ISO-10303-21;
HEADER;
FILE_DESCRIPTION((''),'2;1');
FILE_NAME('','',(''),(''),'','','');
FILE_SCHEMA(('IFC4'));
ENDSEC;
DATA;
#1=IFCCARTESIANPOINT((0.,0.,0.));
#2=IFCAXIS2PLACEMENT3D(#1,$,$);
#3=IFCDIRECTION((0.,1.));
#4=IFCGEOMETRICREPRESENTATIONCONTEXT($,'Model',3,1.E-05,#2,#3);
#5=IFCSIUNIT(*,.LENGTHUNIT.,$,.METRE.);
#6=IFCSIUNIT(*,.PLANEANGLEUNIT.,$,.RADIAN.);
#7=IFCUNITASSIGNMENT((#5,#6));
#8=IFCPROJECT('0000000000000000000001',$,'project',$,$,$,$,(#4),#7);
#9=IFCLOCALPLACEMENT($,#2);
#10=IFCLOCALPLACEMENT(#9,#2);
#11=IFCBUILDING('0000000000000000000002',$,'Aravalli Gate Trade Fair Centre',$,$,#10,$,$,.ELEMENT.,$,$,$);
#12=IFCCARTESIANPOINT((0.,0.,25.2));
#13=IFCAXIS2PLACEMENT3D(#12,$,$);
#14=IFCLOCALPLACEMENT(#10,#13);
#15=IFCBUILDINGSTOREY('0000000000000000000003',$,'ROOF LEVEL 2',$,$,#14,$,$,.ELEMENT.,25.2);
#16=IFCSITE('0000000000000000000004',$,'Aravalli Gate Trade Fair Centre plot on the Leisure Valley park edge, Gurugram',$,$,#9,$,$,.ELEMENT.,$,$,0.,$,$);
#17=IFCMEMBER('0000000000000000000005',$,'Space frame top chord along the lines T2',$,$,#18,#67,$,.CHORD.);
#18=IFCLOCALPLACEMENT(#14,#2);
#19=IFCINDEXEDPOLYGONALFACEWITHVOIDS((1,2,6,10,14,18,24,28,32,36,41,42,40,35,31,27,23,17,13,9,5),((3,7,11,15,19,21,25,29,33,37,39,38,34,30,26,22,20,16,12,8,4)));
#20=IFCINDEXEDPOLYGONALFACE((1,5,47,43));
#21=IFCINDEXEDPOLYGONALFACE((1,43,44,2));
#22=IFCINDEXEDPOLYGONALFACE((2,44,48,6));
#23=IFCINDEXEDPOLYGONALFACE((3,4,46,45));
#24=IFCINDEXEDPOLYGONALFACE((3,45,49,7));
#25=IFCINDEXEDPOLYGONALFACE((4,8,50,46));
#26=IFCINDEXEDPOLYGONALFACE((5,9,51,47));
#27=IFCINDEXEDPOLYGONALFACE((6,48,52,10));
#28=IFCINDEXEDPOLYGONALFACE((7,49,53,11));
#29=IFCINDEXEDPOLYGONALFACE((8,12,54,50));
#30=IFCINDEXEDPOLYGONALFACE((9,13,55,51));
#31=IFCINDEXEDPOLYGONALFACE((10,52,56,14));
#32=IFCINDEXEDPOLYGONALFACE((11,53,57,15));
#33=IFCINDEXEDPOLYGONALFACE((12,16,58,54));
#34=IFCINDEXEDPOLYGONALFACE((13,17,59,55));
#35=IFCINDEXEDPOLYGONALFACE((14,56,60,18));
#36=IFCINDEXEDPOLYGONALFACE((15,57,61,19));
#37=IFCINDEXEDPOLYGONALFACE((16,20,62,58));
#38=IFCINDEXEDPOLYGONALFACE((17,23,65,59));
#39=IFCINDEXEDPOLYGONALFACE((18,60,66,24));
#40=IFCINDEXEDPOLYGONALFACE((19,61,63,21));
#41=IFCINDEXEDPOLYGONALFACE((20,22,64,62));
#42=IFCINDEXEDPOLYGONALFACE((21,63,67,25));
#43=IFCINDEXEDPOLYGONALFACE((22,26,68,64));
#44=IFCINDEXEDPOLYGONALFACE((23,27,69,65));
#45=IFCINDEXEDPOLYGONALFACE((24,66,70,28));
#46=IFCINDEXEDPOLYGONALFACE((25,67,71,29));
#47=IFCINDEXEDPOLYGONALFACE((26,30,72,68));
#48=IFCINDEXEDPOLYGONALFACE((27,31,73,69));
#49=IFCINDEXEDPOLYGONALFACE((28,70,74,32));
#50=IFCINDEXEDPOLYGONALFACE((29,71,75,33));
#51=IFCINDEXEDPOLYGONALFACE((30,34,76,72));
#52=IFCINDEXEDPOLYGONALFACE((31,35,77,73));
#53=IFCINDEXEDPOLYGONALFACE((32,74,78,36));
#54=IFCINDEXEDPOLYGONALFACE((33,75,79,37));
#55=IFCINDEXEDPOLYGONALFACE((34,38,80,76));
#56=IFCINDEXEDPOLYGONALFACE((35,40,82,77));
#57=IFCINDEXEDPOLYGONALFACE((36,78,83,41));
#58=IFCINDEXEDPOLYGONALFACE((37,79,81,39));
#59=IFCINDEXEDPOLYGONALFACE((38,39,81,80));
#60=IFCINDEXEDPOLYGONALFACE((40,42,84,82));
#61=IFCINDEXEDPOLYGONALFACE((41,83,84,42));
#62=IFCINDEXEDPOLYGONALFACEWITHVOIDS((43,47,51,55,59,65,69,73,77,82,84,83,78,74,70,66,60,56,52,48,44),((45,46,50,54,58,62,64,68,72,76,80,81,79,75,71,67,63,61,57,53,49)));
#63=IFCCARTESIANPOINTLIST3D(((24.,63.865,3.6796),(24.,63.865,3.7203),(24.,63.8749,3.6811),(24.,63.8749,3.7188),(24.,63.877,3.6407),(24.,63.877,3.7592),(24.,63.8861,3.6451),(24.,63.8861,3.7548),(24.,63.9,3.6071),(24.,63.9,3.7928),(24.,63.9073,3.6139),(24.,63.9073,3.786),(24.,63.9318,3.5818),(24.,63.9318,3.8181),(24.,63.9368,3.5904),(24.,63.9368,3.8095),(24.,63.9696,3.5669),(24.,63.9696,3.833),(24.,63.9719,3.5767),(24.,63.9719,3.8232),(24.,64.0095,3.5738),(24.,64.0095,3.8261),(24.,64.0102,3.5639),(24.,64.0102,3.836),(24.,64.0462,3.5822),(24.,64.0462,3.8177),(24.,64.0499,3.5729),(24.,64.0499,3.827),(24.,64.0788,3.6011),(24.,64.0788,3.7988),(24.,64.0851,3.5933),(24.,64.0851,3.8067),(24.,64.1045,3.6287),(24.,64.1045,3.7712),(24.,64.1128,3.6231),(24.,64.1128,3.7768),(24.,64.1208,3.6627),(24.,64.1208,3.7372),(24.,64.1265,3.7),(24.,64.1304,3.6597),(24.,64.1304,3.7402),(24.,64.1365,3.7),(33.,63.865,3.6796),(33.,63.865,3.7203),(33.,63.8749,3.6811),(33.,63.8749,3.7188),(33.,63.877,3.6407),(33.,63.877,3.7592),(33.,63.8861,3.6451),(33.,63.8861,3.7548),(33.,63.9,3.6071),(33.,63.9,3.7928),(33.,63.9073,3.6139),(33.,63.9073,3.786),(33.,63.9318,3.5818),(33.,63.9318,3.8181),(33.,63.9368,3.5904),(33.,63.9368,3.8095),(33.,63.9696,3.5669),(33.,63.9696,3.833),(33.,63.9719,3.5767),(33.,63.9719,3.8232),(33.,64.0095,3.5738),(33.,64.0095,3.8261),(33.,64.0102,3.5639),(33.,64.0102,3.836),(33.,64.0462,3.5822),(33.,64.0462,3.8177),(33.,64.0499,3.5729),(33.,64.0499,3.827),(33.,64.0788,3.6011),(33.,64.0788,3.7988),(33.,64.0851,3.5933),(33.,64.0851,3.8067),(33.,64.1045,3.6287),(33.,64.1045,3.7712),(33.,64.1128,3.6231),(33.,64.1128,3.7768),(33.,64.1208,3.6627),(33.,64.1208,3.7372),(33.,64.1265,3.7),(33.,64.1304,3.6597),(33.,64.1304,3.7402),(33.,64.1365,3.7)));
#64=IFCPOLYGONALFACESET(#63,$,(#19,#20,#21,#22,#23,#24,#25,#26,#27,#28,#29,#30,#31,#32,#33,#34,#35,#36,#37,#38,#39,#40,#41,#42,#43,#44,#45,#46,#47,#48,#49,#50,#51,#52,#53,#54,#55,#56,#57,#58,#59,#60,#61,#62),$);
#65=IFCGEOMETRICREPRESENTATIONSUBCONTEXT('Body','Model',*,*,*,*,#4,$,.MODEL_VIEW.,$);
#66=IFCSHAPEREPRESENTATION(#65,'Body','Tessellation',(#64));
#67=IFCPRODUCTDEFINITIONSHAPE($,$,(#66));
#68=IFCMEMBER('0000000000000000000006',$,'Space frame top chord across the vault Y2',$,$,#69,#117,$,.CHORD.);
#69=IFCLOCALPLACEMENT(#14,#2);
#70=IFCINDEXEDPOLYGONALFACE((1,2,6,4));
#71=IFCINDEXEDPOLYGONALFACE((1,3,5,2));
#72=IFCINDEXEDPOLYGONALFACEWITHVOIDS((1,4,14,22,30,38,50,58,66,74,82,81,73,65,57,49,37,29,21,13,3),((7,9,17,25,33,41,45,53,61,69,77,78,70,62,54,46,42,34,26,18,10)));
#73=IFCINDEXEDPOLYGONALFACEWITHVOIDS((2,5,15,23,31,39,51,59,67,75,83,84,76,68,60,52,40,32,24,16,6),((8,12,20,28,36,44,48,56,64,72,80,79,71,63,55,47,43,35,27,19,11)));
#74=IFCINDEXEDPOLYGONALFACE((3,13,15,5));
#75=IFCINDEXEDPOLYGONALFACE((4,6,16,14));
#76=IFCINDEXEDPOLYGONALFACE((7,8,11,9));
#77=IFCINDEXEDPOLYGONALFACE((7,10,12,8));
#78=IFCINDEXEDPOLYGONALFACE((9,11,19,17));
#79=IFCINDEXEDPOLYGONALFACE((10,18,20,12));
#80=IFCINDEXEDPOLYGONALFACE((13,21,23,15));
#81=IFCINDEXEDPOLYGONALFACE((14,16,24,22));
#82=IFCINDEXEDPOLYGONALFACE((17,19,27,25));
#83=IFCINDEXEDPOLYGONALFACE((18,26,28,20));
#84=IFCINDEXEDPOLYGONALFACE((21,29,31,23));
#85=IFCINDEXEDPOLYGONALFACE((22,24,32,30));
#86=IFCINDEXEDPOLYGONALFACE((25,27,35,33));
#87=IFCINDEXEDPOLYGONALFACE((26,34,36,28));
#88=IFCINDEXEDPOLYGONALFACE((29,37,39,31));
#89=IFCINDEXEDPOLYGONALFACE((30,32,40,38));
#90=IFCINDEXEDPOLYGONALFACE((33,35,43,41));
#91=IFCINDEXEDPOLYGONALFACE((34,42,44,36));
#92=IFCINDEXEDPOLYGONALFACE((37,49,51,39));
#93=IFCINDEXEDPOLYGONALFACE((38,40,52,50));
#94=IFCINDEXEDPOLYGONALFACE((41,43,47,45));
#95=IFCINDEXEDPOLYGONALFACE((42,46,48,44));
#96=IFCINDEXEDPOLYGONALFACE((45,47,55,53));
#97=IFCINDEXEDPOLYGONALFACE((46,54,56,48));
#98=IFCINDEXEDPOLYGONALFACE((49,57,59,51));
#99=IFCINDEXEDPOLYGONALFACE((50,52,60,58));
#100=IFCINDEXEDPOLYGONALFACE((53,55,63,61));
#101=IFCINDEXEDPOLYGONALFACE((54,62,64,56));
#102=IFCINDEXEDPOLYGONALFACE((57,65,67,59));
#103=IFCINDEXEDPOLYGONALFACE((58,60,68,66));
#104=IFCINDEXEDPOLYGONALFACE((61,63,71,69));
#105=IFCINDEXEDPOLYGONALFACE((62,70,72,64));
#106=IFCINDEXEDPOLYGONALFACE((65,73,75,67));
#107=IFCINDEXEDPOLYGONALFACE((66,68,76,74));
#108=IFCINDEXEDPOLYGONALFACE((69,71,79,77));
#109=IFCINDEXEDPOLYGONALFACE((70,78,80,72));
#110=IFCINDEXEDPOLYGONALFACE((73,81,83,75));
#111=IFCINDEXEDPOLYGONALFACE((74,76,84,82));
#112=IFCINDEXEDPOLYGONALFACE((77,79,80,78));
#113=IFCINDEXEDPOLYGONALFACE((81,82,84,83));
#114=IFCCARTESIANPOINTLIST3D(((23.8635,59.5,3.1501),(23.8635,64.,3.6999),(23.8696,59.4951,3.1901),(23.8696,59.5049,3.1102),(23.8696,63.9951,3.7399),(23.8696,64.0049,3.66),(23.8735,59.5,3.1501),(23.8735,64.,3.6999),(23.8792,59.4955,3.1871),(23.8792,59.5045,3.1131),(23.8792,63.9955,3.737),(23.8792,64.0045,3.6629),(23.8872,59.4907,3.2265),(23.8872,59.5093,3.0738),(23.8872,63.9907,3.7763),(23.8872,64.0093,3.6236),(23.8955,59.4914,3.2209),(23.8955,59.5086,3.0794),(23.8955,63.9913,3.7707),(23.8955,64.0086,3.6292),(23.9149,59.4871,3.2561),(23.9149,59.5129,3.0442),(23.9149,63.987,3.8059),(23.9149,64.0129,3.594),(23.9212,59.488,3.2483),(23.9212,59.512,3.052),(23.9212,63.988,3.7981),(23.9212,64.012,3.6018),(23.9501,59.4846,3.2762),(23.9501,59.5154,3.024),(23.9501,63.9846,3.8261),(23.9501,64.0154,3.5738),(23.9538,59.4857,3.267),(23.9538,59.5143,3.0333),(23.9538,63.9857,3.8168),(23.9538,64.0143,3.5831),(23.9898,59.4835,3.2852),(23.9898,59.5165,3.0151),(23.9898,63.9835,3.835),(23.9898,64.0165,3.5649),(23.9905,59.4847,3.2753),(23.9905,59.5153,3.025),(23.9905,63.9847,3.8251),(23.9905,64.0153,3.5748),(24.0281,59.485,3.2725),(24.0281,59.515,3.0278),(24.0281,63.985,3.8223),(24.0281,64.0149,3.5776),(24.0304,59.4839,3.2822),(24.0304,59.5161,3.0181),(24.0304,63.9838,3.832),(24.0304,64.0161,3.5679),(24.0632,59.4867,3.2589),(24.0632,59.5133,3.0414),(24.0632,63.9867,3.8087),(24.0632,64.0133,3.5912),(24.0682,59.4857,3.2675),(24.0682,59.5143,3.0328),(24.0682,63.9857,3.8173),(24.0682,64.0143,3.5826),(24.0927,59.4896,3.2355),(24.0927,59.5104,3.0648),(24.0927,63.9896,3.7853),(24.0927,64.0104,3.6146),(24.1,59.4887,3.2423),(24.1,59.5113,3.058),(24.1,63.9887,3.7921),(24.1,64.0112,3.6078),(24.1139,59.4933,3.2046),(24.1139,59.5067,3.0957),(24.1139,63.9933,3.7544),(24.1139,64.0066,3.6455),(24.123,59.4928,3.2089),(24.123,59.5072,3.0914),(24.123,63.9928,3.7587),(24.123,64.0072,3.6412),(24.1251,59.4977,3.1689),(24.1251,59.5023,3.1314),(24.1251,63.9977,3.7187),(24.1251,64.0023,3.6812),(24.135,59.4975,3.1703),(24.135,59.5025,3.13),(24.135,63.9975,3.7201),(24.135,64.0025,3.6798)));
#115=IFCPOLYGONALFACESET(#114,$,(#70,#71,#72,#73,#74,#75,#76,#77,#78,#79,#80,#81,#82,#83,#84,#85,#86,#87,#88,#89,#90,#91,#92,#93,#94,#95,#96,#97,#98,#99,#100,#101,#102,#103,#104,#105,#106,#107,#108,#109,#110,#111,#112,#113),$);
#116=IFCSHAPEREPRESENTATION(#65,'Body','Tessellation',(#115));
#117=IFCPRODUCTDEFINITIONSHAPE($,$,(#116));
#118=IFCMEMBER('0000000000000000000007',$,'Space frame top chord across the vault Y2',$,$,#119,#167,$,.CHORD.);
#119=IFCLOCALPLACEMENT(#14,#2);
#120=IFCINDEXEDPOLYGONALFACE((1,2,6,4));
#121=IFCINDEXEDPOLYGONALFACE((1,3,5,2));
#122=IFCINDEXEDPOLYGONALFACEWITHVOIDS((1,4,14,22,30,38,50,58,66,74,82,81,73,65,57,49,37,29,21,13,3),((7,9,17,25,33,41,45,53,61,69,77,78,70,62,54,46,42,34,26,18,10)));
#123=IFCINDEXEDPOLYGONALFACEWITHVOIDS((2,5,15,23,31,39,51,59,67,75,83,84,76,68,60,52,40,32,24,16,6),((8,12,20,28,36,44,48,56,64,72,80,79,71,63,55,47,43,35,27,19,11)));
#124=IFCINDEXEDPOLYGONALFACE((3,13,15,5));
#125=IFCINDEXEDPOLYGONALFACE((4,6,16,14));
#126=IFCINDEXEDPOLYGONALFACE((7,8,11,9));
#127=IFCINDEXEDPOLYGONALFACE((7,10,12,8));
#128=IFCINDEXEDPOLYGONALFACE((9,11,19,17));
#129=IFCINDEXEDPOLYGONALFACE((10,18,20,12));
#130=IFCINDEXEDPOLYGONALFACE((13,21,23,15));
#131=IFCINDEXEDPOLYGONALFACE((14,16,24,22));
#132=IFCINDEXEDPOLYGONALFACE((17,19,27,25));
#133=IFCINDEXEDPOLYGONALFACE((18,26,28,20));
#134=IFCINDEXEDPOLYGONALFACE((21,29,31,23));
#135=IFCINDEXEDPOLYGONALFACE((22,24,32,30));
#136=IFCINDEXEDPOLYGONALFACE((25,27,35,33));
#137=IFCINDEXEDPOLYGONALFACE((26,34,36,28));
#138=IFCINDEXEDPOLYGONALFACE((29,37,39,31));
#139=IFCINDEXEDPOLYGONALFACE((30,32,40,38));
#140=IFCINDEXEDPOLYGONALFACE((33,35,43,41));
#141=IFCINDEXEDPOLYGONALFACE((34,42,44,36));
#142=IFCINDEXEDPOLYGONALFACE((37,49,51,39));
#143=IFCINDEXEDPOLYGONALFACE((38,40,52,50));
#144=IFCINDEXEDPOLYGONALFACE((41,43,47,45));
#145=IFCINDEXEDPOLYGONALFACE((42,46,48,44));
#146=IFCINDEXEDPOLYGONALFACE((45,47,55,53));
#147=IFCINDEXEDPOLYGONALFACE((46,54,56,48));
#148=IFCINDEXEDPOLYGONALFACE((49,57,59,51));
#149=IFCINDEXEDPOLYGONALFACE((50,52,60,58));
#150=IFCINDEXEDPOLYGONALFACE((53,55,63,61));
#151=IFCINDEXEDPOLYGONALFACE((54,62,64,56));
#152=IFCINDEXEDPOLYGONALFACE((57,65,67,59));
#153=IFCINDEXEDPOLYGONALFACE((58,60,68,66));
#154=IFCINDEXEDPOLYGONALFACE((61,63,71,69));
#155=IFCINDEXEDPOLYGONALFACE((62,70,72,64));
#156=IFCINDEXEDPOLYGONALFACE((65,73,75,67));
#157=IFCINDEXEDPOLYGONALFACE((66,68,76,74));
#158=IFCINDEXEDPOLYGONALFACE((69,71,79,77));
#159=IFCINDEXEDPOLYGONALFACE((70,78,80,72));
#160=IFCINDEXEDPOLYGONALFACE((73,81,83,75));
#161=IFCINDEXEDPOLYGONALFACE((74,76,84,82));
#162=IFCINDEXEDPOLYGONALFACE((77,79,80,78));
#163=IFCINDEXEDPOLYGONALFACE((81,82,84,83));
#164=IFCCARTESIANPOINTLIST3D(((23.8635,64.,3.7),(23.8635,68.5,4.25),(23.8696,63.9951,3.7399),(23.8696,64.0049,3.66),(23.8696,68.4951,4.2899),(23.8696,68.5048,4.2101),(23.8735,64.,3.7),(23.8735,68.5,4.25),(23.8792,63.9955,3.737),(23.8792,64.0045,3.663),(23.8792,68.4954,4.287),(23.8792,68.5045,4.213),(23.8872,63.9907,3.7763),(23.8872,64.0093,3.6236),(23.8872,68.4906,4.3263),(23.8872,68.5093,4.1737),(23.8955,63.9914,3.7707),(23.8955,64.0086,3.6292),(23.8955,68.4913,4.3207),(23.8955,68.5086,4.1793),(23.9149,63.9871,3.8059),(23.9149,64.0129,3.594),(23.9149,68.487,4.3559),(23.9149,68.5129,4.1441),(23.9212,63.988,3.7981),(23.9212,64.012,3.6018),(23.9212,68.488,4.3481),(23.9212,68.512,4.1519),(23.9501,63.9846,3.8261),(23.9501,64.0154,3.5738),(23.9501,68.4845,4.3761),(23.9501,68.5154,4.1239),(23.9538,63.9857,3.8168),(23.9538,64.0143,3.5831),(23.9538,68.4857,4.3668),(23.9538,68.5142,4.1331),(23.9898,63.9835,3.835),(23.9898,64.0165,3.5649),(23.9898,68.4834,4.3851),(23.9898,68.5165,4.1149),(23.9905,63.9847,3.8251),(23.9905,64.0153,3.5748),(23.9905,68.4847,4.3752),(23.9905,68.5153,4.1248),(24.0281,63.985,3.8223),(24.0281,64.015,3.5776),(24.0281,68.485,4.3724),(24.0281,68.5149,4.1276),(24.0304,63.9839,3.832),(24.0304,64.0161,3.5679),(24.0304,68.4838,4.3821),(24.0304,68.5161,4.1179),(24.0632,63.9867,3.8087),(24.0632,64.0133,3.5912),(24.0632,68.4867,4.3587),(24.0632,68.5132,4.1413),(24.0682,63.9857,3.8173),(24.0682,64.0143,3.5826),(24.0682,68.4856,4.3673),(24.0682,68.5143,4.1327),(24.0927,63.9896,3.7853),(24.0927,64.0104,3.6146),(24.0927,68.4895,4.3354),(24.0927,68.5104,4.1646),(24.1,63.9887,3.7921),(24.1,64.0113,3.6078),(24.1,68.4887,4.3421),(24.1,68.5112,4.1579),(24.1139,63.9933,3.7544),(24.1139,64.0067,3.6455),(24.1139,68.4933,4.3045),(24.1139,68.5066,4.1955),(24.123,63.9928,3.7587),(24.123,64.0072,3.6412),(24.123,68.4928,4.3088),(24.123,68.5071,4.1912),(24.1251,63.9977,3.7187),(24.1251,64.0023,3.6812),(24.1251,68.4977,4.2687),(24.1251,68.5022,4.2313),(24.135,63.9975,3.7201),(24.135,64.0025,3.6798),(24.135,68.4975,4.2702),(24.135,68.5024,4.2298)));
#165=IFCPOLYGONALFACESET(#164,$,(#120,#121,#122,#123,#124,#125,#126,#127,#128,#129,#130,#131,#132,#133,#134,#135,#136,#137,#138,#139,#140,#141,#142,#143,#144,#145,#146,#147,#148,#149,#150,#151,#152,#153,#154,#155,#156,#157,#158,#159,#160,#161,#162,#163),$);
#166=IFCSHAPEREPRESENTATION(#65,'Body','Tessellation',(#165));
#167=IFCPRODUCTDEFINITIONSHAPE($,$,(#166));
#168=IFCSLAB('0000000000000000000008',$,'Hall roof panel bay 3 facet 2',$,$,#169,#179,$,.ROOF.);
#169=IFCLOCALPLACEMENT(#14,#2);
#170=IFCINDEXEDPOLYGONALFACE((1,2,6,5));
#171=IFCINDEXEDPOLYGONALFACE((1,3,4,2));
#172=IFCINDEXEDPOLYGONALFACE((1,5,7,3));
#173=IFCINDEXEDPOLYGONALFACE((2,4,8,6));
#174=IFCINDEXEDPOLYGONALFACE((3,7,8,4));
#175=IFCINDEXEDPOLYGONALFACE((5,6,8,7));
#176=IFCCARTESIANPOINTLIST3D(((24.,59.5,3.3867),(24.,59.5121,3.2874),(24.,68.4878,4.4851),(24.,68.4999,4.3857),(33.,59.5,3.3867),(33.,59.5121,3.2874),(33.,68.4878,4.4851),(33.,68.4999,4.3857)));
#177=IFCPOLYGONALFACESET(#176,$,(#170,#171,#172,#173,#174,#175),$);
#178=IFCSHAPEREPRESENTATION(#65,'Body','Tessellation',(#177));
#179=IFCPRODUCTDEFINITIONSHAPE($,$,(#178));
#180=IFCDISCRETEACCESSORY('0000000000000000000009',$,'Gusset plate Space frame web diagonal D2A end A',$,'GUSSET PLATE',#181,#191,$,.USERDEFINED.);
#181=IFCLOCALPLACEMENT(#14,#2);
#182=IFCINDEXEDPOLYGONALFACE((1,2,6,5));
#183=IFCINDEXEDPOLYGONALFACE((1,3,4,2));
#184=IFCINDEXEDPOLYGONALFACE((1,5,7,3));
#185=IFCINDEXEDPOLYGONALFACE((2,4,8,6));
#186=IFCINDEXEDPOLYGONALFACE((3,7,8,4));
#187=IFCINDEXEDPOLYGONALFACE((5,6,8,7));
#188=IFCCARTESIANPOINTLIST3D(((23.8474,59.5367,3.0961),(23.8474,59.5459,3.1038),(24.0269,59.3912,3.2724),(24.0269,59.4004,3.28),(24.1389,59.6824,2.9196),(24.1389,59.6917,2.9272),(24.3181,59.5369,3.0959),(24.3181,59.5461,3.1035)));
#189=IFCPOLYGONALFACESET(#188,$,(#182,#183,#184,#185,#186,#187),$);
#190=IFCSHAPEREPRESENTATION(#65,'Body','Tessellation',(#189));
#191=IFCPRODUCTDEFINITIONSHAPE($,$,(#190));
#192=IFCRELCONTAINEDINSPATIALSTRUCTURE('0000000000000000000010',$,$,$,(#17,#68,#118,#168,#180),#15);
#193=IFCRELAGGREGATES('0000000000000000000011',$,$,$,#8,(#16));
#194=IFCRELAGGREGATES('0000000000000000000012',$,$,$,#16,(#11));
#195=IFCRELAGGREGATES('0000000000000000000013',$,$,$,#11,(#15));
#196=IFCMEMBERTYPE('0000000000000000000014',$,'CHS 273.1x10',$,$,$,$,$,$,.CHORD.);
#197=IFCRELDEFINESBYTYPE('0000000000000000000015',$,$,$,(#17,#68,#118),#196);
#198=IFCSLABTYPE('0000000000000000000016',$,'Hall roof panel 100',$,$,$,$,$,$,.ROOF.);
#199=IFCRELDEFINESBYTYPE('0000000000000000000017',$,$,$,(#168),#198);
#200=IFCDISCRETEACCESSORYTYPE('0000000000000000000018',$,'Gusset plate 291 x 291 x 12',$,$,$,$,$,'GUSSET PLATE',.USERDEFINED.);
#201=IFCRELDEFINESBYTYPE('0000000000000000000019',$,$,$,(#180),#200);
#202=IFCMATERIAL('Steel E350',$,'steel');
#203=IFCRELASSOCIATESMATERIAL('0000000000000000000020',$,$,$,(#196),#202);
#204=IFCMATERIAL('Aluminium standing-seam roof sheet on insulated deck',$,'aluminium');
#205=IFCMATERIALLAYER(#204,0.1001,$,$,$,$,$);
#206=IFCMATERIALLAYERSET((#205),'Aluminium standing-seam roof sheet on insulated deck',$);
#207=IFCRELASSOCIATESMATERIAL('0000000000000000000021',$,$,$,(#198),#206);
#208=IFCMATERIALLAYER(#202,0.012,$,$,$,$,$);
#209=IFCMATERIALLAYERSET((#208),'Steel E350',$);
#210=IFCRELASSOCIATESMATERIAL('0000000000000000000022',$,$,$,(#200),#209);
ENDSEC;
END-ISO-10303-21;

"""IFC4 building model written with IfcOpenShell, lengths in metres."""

from ifc_helpers import new_model, si_unit, direction, frame, origin, origin_2d, place, context, subcontext, project, spatial, polyline, hollow_circle, outline, extrude, material, layer, layer_set, material_profile, profile_set, type_object, element, save


model = new_model("IFC4")

# Units and contexts
model_context = context("Model", 3, precision=1e-05, world=origin(), true_north=direction((0.0, 1.0)))
body_context = subcontext(model_context, "Body", "Model", "MODEL_VIEW")
ifc_project = project(units=[si_unit("LENGTHUNIT", "METRE"), si_unit("PLANEANGLEUNIT", "RADIAN")], contexts=[model_context])

# Site, building, storey
site_placement = place(None, origin())
site = spatial("IfcSite", under=ifc_project, at=site_placement, Name="Aravalli Gate Trade Fair Centre plot on the Leisure Valley park edge, Gurugram", CompositionType="ELEMENT", RefElevation=0.0)
building_placement = place(site_placement, origin())
building = spatial("IfcBuilding", under=site, at=building_placement, Name="Aravalli Gate Trade Fair Centre", CompositionType="ELEMENT")
storey_placement = place(building_placement, frame((0.0, 0.0, 25.2)))
storey = spatial("IfcBuildingStorey", under=building, at=storey_placement, Name="ROOF LEVEL 2", CompositionType="ELEMENT", Elevation=25.2)

# Members
ifc_material_1 = material(Name="Steel E350", Category="steel")
ifc_material_profile_1 = material_profile(ifc_material_1, hollow_circle(Radius=0.1365, WallThickness=0.01, at=origin_2d()), Name="CHS 273.1x10")
ifc_profile_set_1 = profile_set([ifc_material_profile_1], Name="Steel E350")
member_type_1 = type_object("IfcMemberType", Name="CHS 273.1x10", PredefinedType="CHORD", material=ifc_profile_set_1)
for number, where, z_axis, x_axis, name in (
    (1, (24.0, 64.0, 3.7), (1.0, 0.0, 0.0), (0.0, 1.0, 0.0), "Space frame top chord along the lines T2"),
):
    element("IfcMember", number, at=place(storey_placement, frame(where, z_axis=z_axis, x_axis=x_axis)), inside=storey, type_object=member_type_1, Name=name, PredefinedType="CHORD", context=body_context, shape_type="SweptSolid", body=[
        extrude(hollow_circle(Radius=0.1365, WallThickness=0.01, at=origin_2d()), origin(), (0.0, 0.0, 1.0), 9.0),
    ])
for number, where, z_axis, x_axis, name in (
    (2, (24.0, 59.5, 3.1501), (0.0, 0.992619, 0.121277), (-1.0, 0.0, 0.0), "Space frame top chord across the vault Y2"),
    (3, (24.0, 64.0, 3.7), (0.0, 0.992612, 0.12133), (-1.0, 0.0, 0.0), "Space frame top chord across the vault Y2"),
):
    element("IfcMember", number, at=place(storey_placement, frame(where, z_axis=z_axis, x_axis=x_axis)), inside=storey, type_object=member_type_1, Name=name, PredefinedType="CHORD", context=body_context, shape_type="SweptSolid", body=[
        extrude(hollow_circle(Radius=0.1365, WallThickness=0.01, at=origin_2d()), origin(), (0.0, 0.0, 1.0), 4.5334),
    ])

# Slab
ifc_material_2 = material(Name="Aluminium standing-seam roof sheet on insulated deck", Category="aluminium")
ifc_layer_1 = layer(ifc_material_2, 0.1001)
ifc_layer_set_1 = layer_set([ifc_layer_1], Name="Aluminium standing-seam roof sheet on insulated deck")
slab_type = type_object("IfcSlabType", Name="Hall roof panel 100", PredefinedType="ROOF", material=ifc_layer_set_1)
slab_placement = place(storey_placement, frame((24.0, 59.5, 3.3867), z_axis=(0.0, -0.121306, 0.992615), x_axis=(1.0, 0.0, 0.0)))
element("IfcSlab", 4, at=slab_placement, inside=storey, type_object=slab_type, Name="Hall roof panel bay 3 facet 2", PredefinedType="ROOF", context=body_context, shape_type="SweptSolid", body=[
    extrude(outline(polyline([(0.0, 0.0), (9.0, 0.0), (9.0, 9.0547), (0.0, 9.0547), (0.0, 0.0)])), origin(), (0.0, 0.0, -1.0), 0.1001),
])

# Discrete accessory
ifc_layer_2 = layer(ifc_material_1, 0.012)
ifc_layer_set_2 = layer_set([ifc_layer_2], Name="Steel E350")
discrete_accessory_type_1 = type_object("IfcDiscreteAccessoryType", Name="Gusset plate 291 x 291 x 12", ElementType="GUSSET PLATE", PredefinedType="USERDEFINED", material=ifc_layer_set_2)
discrete_accessory_1_placement = place(storey_placement, frame((24.1389, 59.6917, 2.9272), z_axis=(-0.00007, 0.771155, 0.636648), x_axis=(-0.786484, -0.393242, 0.476238)))
element("IfcDiscreteAccessory", 5, at=discrete_accessory_1_placement, inside=storey, type_object=discrete_accessory_type_1, Name="Gusset plate Space frame web diagonal D2A end A", ObjectType="GUSSET PLATE", PredefinedType="USERDEFINED", context=body_context, shape_type="SweptSolid", body=[
    extrude(outline(polyline([(0.0, 0.0), (0.3706, 0.0), (0.3707, 0.2906), (0.0002, 0.2904), (0.0, 0.0)])), origin(), (0.0, 0.0, -1.0), 0.012),
])

save(model, "model.ifc")
